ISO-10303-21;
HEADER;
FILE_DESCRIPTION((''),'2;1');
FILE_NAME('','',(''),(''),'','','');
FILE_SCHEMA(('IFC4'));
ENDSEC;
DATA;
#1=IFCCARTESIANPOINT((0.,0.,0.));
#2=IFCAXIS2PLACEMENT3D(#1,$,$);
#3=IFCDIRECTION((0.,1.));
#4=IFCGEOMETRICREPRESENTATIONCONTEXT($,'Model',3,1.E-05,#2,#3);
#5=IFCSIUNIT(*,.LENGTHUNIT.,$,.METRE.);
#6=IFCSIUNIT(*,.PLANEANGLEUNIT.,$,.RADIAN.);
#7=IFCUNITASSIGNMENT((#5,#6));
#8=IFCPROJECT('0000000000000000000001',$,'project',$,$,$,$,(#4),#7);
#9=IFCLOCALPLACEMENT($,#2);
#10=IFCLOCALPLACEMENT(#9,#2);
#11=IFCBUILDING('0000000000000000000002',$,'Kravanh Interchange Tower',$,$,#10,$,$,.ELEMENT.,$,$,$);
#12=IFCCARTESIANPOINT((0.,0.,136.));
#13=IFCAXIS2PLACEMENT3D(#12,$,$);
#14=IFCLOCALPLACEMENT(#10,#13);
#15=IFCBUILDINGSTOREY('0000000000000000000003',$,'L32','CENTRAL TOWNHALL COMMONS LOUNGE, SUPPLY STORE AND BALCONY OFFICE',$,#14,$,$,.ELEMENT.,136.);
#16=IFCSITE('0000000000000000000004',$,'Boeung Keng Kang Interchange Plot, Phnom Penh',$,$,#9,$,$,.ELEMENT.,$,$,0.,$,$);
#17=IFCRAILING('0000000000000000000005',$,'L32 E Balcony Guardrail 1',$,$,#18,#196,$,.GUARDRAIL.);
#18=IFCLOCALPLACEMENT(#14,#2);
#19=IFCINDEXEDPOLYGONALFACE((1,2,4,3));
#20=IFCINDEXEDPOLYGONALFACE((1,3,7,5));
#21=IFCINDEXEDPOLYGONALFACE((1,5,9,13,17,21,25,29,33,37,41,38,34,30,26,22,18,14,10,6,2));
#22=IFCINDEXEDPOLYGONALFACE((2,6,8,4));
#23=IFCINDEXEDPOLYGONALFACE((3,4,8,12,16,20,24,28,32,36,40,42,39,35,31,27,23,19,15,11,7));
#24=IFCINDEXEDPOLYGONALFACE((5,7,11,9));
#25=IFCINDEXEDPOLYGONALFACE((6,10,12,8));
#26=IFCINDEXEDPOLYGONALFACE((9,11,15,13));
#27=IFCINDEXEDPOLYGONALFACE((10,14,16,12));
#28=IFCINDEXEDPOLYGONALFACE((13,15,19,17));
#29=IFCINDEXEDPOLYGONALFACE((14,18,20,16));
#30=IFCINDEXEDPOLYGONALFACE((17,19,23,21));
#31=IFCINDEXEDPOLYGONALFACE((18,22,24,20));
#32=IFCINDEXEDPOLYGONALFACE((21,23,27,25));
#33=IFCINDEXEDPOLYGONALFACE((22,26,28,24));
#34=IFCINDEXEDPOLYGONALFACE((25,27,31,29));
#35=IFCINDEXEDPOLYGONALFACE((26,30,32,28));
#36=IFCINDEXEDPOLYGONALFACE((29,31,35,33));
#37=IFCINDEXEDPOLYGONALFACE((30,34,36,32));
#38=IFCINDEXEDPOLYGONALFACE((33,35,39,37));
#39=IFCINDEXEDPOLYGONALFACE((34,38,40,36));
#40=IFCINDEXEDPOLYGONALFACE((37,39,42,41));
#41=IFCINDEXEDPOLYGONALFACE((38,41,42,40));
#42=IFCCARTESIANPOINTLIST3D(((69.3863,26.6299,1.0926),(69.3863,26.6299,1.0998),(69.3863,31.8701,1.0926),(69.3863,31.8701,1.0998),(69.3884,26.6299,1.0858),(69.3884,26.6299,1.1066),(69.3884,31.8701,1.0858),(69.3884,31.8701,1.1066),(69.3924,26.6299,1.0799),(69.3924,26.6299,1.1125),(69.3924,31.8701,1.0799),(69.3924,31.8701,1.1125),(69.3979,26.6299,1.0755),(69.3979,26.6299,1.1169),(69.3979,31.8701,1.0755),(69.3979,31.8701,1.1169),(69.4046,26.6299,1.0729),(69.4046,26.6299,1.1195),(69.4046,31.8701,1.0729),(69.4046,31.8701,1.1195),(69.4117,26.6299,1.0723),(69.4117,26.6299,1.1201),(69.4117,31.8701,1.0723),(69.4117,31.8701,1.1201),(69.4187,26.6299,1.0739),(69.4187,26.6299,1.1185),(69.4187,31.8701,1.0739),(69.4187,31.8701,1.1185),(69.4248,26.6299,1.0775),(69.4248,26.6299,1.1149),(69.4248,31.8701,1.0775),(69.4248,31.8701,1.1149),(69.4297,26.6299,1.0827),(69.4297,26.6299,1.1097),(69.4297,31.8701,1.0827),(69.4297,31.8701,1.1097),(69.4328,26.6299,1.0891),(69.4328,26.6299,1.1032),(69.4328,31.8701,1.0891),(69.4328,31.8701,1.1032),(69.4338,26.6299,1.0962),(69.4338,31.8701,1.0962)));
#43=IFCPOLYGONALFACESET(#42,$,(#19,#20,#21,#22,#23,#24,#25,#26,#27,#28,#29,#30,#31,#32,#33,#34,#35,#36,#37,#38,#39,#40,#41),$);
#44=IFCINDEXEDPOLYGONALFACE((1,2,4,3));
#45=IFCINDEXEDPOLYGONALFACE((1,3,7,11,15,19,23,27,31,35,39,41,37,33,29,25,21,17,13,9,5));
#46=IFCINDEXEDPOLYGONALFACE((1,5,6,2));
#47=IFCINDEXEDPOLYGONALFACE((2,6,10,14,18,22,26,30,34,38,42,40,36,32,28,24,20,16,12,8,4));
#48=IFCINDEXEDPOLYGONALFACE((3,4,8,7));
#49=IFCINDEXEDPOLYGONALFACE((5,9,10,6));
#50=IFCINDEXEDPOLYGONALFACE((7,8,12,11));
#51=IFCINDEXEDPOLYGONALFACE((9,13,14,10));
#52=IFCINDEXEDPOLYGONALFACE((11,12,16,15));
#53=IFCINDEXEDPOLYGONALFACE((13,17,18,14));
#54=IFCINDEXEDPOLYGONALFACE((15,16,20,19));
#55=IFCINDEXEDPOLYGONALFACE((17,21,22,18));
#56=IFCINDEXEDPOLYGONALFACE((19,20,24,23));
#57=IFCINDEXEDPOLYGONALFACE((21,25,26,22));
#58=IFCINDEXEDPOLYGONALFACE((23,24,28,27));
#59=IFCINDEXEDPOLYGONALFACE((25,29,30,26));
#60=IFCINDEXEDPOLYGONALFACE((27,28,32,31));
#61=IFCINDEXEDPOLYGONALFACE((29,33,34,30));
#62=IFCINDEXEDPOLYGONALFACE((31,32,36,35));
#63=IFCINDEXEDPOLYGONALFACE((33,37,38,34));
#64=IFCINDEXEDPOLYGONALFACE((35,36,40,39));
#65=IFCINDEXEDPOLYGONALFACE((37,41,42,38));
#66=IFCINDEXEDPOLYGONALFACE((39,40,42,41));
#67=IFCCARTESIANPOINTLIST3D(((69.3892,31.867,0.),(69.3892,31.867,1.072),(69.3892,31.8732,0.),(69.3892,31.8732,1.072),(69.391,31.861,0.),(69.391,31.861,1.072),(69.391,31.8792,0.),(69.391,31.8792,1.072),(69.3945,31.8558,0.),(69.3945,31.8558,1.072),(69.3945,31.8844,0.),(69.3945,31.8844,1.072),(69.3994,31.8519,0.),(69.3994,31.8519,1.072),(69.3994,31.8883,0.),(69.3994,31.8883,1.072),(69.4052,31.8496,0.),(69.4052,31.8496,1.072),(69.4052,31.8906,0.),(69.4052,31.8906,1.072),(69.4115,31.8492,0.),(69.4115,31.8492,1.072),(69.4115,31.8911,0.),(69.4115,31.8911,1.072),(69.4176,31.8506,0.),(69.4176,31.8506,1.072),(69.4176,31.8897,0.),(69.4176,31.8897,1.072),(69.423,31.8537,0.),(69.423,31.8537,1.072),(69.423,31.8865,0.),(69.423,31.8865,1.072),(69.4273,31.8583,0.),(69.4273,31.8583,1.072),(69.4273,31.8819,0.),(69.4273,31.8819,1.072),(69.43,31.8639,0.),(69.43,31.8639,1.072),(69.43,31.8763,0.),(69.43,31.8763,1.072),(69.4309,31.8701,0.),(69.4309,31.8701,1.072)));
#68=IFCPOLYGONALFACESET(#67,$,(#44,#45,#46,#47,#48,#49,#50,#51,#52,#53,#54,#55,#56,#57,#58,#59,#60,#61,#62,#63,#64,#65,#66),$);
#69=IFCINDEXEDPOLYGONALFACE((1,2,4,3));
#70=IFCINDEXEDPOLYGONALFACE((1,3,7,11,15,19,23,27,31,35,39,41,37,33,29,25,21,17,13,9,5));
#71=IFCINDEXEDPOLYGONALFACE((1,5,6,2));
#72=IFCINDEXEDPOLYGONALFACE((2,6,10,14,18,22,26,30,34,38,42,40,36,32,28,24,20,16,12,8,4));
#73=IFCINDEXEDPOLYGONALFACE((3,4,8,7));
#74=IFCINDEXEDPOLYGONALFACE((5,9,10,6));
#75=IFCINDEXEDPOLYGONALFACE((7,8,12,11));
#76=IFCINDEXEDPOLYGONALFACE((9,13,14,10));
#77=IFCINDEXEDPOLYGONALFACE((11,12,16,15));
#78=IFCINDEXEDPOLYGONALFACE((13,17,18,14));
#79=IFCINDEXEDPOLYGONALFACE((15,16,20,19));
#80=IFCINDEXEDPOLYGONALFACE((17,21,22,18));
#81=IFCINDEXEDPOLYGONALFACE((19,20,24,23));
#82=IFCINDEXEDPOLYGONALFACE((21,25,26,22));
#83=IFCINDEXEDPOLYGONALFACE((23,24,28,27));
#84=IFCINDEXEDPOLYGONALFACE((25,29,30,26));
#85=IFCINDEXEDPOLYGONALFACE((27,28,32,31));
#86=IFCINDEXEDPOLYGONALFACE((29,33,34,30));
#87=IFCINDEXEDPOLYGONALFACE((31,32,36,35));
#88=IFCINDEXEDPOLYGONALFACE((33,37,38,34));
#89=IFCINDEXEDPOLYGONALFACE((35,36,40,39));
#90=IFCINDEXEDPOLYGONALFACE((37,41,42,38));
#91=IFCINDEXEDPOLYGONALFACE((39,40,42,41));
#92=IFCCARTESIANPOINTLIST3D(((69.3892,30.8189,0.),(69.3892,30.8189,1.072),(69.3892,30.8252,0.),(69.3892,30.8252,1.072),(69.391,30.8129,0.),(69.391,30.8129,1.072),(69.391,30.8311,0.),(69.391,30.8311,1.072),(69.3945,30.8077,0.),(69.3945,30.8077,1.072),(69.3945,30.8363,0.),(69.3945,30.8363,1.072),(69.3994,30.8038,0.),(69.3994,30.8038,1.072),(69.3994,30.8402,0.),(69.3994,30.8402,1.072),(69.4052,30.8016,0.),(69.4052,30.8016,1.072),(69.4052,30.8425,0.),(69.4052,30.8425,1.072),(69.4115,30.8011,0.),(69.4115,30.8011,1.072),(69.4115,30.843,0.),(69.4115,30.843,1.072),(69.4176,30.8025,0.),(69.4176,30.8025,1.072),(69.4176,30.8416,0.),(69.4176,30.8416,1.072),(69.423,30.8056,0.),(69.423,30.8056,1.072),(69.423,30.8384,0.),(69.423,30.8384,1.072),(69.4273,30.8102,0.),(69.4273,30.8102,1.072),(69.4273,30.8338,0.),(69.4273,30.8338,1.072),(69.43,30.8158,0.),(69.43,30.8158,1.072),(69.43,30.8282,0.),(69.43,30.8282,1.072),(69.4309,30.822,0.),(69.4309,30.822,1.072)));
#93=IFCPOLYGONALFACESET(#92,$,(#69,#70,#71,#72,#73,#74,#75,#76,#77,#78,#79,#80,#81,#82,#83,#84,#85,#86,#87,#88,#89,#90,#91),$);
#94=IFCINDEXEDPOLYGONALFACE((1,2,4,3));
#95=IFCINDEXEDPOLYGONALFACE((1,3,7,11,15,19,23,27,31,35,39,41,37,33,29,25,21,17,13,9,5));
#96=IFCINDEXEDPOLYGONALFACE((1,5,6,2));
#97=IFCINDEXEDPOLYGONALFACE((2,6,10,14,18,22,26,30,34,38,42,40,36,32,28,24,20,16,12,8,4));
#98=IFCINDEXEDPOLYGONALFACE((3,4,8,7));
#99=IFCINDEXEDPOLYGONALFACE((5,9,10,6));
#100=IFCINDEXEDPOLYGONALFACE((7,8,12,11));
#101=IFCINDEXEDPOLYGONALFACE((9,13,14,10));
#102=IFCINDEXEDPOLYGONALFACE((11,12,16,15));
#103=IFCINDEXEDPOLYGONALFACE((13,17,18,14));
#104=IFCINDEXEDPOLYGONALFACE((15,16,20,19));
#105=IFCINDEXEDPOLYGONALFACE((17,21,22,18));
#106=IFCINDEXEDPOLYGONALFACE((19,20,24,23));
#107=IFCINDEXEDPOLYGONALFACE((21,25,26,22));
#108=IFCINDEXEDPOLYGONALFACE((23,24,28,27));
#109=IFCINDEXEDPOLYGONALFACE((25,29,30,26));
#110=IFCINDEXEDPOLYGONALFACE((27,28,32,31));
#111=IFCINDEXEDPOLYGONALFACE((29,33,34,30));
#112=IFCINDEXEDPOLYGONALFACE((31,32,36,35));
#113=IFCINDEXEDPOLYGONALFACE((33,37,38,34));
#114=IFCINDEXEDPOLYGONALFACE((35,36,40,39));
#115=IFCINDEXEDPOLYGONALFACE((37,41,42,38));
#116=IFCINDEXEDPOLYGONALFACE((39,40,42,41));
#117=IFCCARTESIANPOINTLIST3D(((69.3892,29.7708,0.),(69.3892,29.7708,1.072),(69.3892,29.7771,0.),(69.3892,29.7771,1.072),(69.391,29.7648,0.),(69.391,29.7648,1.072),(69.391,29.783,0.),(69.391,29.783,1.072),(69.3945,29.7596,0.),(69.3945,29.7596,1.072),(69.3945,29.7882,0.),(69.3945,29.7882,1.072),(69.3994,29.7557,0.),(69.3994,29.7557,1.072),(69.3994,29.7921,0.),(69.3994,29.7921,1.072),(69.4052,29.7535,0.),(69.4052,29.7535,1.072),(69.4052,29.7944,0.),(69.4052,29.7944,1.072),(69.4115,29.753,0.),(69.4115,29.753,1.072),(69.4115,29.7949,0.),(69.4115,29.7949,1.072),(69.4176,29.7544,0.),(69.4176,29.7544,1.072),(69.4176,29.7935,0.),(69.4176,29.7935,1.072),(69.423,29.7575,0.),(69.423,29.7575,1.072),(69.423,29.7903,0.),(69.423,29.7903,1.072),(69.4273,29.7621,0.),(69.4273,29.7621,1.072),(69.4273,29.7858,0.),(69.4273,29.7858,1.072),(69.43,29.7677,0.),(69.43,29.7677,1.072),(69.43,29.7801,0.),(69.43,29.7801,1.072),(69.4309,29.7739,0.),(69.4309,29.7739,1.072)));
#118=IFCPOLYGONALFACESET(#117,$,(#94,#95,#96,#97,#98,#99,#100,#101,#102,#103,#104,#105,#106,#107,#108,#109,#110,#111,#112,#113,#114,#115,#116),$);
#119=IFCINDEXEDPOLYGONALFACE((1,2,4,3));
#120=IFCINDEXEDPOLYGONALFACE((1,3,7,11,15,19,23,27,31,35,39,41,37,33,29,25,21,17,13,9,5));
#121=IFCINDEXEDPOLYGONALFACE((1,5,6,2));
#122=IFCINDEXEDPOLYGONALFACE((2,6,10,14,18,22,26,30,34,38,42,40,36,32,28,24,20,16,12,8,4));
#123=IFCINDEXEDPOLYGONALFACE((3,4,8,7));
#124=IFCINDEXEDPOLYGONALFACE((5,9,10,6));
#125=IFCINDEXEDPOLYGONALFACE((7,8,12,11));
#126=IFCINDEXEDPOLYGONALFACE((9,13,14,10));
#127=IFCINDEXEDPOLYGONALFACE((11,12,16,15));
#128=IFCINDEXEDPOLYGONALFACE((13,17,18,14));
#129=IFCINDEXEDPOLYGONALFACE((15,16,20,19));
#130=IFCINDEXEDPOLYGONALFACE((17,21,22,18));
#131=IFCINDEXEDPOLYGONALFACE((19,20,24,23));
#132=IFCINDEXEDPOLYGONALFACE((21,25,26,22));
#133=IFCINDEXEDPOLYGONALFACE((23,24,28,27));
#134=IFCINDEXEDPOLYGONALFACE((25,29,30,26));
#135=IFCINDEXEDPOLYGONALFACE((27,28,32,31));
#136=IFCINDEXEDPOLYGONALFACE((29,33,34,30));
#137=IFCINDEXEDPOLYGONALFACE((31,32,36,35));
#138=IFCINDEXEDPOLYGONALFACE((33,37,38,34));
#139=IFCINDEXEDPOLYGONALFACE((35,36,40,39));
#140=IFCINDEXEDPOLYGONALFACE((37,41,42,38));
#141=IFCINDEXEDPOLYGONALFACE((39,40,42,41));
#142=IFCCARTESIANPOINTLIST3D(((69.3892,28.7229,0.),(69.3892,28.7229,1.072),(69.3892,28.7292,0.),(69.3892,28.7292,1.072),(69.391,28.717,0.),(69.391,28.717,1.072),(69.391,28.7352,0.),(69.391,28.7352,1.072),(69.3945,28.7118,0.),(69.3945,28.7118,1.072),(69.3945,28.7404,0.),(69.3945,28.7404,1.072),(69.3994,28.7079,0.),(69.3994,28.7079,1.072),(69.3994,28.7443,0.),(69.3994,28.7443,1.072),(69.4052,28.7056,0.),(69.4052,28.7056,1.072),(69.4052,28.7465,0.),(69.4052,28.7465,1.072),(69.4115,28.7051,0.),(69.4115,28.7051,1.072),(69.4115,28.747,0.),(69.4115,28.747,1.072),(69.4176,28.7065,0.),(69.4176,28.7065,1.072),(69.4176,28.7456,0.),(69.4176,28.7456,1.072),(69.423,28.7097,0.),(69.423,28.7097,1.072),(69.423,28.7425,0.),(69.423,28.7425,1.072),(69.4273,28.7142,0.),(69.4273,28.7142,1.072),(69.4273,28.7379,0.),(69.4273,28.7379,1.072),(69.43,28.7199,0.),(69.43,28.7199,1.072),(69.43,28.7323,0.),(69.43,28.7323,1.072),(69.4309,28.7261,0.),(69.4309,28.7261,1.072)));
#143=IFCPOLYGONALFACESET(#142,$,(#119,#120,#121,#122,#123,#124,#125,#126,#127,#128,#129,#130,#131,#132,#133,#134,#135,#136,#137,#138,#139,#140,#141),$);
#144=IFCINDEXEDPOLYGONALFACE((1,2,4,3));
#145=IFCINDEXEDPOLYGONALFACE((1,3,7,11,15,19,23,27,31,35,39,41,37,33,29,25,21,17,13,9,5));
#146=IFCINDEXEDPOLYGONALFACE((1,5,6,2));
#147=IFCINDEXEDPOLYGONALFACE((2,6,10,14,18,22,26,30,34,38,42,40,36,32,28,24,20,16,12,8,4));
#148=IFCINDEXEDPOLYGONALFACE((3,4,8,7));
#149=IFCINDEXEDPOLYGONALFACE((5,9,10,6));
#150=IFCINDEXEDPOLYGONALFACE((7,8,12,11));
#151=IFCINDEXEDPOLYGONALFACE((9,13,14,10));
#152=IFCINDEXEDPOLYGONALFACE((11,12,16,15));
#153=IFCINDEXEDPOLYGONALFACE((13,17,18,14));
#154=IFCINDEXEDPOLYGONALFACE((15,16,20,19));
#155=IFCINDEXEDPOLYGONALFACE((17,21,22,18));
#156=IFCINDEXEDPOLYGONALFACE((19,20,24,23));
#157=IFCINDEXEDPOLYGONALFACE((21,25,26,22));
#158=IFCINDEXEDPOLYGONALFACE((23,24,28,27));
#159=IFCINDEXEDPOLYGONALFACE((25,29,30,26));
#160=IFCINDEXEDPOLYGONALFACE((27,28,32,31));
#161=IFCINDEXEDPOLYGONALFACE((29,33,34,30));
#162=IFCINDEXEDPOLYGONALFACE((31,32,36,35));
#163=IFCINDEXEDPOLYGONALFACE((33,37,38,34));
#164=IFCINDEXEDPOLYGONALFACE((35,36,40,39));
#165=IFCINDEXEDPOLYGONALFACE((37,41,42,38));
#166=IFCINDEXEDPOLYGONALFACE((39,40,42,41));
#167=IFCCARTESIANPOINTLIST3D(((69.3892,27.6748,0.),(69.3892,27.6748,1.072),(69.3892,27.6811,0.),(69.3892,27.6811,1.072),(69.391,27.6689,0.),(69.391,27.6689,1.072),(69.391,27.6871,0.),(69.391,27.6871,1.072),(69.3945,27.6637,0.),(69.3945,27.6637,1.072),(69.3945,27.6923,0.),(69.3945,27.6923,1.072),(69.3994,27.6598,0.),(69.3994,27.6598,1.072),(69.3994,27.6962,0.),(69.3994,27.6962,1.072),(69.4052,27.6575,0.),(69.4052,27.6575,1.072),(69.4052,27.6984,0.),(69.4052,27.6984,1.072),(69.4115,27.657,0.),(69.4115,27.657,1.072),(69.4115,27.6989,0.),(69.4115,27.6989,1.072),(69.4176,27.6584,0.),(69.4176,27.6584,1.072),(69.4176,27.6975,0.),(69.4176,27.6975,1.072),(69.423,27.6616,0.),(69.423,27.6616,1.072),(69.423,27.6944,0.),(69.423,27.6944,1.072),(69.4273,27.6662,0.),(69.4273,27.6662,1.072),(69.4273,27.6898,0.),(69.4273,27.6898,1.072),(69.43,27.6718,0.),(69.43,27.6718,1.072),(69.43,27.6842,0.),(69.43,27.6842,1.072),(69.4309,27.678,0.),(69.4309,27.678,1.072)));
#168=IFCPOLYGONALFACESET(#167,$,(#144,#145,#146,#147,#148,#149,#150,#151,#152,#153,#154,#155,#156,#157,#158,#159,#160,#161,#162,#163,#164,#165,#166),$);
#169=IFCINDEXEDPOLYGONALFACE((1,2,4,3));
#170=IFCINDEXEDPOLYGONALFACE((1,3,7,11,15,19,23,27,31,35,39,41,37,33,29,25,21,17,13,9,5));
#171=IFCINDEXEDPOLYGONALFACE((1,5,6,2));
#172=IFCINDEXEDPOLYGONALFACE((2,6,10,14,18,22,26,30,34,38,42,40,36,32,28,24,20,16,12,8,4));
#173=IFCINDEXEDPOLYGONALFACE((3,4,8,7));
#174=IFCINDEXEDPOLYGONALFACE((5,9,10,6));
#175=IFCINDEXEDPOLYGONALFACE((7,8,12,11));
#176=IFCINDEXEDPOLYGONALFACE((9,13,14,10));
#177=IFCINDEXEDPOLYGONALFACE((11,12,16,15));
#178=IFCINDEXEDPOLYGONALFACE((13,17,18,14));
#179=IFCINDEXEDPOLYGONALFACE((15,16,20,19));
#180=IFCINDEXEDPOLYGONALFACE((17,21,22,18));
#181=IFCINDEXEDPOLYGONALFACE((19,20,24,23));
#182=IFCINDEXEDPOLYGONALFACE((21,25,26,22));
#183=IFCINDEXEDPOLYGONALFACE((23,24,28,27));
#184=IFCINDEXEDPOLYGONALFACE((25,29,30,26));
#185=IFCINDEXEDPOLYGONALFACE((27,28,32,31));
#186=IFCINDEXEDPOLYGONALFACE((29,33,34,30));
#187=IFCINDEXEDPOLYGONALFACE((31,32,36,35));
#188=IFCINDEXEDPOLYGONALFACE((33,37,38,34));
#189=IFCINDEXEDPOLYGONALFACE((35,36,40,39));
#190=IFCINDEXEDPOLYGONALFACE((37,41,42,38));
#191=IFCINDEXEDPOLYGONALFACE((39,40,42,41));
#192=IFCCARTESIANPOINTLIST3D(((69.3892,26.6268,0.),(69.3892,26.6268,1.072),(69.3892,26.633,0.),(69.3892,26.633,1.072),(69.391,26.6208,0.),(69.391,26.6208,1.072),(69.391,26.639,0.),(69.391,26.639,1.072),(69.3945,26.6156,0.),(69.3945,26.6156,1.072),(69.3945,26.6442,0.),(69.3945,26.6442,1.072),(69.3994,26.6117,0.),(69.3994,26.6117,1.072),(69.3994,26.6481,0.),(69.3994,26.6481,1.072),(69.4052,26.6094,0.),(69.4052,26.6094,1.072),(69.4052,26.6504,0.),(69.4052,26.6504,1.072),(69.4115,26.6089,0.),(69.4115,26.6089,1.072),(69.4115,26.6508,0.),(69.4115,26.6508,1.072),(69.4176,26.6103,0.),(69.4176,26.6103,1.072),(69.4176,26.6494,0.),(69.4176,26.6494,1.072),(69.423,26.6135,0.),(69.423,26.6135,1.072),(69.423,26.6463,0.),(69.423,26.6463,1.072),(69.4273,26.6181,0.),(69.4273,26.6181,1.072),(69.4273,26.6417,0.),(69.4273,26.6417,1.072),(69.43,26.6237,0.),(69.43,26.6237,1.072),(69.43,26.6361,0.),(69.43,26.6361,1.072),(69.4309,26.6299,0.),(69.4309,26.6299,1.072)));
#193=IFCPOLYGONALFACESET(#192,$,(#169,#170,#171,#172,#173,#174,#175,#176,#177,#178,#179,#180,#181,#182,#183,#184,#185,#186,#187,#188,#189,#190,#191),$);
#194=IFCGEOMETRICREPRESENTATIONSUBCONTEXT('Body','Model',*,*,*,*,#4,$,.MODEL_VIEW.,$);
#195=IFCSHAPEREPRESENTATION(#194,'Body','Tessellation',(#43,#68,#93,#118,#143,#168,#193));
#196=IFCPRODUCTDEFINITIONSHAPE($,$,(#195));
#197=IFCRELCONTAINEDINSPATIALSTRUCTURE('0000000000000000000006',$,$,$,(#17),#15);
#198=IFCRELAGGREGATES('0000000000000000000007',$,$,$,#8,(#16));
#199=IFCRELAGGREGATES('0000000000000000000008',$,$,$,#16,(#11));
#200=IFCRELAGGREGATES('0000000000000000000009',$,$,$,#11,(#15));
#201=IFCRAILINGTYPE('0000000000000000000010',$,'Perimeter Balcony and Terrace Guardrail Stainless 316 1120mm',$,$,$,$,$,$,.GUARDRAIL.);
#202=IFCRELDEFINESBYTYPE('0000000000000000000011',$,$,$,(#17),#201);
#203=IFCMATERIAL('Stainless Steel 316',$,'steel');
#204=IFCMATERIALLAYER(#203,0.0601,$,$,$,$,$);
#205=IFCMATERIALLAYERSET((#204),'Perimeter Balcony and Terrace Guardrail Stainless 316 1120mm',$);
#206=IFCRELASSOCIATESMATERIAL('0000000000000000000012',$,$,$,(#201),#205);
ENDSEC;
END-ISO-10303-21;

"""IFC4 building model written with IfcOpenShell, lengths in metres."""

from ifc_helpers import new_model, si_unit, direction, frame, origin, origin_2d, place, context, subcontext, project, spatial, circle, extrude, material, layer, layer_set, type_object, element, save


model = new_model("IFC4")

# Units and contexts
model_context = context("Model", 3, precision=1e-05, world=origin(), true_north=direction((0.0, 1.0)))
body_context = subcontext(model_context, "Body", "Model", "MODEL_VIEW")
ifc_project = project(units=[si_unit("LENGTHUNIT", "METRE"), si_unit("PLANEANGLEUNIT", "RADIAN")], contexts=[model_context])

# Site, building, storey
site_placement = place(None, origin())
site = spatial("IfcSite", under=ifc_project, at=site_placement, Name="Boeung Keng Kang Interchange Plot, Phnom Penh", CompositionType="ELEMENT", RefElevation=0.0)
building_placement = place(site_placement, origin())
building = spatial("IfcBuilding", under=site, at=building_placement, Name="Kravanh Interchange Tower", CompositionType="ELEMENT")
storey_placement = place(building_placement, frame((0.0, 0.0, 136.0)))
storey = spatial("IfcBuildingStorey", under=building, at=storey_placement, Name="L32", Description="CENTRAL TOWNHALL COMMONS LOUNGE, SUPPLY STORE AND BALCONY OFFICE", CompositionType="ELEMENT", Elevation=136.0)

# Railing
ifc_material_1 = material(Name="Stainless Steel 316", Category="steel")
ifc_layer_1 = layer(ifc_material_1, 0.0601)
ifc_layer_set_1 = layer_set([ifc_layer_1], Name="Perimeter Balcony and Terrace Guardrail Stainless 316 1120mm")
railing_type_1 = type_object("IfcRailingType", Name="Perimeter Balcony and Terrace Guardrail Stainless 316 1120mm", PredefinedType="GUARDRAIL", material=ifc_layer_set_1)
railing_1_placement = place(storey_placement, frame((69.4099, 31.8701, 0.0)))
element("IfcRailing", 1, at=railing_1_placement, inside=storey, type_object=railing_type_1, Name="L32 E Balcony Guardrail 1", PredefinedType="GUARDRAIL", context=body_context, shape_type="SweptSolid", body=[
    extrude(circle(Radius=0.0239, at=origin_2d()), frame((0.0, 0.0, 1.0962), z_axis=(0.0, -1.0, 0.0), x_axis=(1.0, 0.0, 0.0)), (0.0, 0.0, 1.0), 5.2402),
    extrude(circle(Radius=0.021, at=origin_2d()), origin(), (0.0, 0.0, 1.0), 1.072),
    extrude(circle(Radius=0.021, at=origin_2d()), frame((0.0, -1.0481, 0.0)), (0.0, 0.0, 1.0), 1.072),
    extrude(circle(Radius=0.021, at=origin_2d()), frame((0.0, -2.0962, 0.0)), (0.0, 0.0, 1.0), 1.072),
    extrude(circle(Radius=0.021, at=origin_2d()), frame((0.0, -3.144, 0.0)), (0.0, 0.0, 1.0), 1.072),
    extrude(circle(Radius=0.021, at=origin_2d()), frame((0.0, -4.1921, 0.0)), (0.0, 0.0, 1.0), 1.072),
    extrude(circle(Radius=0.021, at=origin_2d()), frame((0.0, -5.2402, 0.0)), (0.0, 0.0, 1.0), 1.072),
])

save(model, "model.ifc")
